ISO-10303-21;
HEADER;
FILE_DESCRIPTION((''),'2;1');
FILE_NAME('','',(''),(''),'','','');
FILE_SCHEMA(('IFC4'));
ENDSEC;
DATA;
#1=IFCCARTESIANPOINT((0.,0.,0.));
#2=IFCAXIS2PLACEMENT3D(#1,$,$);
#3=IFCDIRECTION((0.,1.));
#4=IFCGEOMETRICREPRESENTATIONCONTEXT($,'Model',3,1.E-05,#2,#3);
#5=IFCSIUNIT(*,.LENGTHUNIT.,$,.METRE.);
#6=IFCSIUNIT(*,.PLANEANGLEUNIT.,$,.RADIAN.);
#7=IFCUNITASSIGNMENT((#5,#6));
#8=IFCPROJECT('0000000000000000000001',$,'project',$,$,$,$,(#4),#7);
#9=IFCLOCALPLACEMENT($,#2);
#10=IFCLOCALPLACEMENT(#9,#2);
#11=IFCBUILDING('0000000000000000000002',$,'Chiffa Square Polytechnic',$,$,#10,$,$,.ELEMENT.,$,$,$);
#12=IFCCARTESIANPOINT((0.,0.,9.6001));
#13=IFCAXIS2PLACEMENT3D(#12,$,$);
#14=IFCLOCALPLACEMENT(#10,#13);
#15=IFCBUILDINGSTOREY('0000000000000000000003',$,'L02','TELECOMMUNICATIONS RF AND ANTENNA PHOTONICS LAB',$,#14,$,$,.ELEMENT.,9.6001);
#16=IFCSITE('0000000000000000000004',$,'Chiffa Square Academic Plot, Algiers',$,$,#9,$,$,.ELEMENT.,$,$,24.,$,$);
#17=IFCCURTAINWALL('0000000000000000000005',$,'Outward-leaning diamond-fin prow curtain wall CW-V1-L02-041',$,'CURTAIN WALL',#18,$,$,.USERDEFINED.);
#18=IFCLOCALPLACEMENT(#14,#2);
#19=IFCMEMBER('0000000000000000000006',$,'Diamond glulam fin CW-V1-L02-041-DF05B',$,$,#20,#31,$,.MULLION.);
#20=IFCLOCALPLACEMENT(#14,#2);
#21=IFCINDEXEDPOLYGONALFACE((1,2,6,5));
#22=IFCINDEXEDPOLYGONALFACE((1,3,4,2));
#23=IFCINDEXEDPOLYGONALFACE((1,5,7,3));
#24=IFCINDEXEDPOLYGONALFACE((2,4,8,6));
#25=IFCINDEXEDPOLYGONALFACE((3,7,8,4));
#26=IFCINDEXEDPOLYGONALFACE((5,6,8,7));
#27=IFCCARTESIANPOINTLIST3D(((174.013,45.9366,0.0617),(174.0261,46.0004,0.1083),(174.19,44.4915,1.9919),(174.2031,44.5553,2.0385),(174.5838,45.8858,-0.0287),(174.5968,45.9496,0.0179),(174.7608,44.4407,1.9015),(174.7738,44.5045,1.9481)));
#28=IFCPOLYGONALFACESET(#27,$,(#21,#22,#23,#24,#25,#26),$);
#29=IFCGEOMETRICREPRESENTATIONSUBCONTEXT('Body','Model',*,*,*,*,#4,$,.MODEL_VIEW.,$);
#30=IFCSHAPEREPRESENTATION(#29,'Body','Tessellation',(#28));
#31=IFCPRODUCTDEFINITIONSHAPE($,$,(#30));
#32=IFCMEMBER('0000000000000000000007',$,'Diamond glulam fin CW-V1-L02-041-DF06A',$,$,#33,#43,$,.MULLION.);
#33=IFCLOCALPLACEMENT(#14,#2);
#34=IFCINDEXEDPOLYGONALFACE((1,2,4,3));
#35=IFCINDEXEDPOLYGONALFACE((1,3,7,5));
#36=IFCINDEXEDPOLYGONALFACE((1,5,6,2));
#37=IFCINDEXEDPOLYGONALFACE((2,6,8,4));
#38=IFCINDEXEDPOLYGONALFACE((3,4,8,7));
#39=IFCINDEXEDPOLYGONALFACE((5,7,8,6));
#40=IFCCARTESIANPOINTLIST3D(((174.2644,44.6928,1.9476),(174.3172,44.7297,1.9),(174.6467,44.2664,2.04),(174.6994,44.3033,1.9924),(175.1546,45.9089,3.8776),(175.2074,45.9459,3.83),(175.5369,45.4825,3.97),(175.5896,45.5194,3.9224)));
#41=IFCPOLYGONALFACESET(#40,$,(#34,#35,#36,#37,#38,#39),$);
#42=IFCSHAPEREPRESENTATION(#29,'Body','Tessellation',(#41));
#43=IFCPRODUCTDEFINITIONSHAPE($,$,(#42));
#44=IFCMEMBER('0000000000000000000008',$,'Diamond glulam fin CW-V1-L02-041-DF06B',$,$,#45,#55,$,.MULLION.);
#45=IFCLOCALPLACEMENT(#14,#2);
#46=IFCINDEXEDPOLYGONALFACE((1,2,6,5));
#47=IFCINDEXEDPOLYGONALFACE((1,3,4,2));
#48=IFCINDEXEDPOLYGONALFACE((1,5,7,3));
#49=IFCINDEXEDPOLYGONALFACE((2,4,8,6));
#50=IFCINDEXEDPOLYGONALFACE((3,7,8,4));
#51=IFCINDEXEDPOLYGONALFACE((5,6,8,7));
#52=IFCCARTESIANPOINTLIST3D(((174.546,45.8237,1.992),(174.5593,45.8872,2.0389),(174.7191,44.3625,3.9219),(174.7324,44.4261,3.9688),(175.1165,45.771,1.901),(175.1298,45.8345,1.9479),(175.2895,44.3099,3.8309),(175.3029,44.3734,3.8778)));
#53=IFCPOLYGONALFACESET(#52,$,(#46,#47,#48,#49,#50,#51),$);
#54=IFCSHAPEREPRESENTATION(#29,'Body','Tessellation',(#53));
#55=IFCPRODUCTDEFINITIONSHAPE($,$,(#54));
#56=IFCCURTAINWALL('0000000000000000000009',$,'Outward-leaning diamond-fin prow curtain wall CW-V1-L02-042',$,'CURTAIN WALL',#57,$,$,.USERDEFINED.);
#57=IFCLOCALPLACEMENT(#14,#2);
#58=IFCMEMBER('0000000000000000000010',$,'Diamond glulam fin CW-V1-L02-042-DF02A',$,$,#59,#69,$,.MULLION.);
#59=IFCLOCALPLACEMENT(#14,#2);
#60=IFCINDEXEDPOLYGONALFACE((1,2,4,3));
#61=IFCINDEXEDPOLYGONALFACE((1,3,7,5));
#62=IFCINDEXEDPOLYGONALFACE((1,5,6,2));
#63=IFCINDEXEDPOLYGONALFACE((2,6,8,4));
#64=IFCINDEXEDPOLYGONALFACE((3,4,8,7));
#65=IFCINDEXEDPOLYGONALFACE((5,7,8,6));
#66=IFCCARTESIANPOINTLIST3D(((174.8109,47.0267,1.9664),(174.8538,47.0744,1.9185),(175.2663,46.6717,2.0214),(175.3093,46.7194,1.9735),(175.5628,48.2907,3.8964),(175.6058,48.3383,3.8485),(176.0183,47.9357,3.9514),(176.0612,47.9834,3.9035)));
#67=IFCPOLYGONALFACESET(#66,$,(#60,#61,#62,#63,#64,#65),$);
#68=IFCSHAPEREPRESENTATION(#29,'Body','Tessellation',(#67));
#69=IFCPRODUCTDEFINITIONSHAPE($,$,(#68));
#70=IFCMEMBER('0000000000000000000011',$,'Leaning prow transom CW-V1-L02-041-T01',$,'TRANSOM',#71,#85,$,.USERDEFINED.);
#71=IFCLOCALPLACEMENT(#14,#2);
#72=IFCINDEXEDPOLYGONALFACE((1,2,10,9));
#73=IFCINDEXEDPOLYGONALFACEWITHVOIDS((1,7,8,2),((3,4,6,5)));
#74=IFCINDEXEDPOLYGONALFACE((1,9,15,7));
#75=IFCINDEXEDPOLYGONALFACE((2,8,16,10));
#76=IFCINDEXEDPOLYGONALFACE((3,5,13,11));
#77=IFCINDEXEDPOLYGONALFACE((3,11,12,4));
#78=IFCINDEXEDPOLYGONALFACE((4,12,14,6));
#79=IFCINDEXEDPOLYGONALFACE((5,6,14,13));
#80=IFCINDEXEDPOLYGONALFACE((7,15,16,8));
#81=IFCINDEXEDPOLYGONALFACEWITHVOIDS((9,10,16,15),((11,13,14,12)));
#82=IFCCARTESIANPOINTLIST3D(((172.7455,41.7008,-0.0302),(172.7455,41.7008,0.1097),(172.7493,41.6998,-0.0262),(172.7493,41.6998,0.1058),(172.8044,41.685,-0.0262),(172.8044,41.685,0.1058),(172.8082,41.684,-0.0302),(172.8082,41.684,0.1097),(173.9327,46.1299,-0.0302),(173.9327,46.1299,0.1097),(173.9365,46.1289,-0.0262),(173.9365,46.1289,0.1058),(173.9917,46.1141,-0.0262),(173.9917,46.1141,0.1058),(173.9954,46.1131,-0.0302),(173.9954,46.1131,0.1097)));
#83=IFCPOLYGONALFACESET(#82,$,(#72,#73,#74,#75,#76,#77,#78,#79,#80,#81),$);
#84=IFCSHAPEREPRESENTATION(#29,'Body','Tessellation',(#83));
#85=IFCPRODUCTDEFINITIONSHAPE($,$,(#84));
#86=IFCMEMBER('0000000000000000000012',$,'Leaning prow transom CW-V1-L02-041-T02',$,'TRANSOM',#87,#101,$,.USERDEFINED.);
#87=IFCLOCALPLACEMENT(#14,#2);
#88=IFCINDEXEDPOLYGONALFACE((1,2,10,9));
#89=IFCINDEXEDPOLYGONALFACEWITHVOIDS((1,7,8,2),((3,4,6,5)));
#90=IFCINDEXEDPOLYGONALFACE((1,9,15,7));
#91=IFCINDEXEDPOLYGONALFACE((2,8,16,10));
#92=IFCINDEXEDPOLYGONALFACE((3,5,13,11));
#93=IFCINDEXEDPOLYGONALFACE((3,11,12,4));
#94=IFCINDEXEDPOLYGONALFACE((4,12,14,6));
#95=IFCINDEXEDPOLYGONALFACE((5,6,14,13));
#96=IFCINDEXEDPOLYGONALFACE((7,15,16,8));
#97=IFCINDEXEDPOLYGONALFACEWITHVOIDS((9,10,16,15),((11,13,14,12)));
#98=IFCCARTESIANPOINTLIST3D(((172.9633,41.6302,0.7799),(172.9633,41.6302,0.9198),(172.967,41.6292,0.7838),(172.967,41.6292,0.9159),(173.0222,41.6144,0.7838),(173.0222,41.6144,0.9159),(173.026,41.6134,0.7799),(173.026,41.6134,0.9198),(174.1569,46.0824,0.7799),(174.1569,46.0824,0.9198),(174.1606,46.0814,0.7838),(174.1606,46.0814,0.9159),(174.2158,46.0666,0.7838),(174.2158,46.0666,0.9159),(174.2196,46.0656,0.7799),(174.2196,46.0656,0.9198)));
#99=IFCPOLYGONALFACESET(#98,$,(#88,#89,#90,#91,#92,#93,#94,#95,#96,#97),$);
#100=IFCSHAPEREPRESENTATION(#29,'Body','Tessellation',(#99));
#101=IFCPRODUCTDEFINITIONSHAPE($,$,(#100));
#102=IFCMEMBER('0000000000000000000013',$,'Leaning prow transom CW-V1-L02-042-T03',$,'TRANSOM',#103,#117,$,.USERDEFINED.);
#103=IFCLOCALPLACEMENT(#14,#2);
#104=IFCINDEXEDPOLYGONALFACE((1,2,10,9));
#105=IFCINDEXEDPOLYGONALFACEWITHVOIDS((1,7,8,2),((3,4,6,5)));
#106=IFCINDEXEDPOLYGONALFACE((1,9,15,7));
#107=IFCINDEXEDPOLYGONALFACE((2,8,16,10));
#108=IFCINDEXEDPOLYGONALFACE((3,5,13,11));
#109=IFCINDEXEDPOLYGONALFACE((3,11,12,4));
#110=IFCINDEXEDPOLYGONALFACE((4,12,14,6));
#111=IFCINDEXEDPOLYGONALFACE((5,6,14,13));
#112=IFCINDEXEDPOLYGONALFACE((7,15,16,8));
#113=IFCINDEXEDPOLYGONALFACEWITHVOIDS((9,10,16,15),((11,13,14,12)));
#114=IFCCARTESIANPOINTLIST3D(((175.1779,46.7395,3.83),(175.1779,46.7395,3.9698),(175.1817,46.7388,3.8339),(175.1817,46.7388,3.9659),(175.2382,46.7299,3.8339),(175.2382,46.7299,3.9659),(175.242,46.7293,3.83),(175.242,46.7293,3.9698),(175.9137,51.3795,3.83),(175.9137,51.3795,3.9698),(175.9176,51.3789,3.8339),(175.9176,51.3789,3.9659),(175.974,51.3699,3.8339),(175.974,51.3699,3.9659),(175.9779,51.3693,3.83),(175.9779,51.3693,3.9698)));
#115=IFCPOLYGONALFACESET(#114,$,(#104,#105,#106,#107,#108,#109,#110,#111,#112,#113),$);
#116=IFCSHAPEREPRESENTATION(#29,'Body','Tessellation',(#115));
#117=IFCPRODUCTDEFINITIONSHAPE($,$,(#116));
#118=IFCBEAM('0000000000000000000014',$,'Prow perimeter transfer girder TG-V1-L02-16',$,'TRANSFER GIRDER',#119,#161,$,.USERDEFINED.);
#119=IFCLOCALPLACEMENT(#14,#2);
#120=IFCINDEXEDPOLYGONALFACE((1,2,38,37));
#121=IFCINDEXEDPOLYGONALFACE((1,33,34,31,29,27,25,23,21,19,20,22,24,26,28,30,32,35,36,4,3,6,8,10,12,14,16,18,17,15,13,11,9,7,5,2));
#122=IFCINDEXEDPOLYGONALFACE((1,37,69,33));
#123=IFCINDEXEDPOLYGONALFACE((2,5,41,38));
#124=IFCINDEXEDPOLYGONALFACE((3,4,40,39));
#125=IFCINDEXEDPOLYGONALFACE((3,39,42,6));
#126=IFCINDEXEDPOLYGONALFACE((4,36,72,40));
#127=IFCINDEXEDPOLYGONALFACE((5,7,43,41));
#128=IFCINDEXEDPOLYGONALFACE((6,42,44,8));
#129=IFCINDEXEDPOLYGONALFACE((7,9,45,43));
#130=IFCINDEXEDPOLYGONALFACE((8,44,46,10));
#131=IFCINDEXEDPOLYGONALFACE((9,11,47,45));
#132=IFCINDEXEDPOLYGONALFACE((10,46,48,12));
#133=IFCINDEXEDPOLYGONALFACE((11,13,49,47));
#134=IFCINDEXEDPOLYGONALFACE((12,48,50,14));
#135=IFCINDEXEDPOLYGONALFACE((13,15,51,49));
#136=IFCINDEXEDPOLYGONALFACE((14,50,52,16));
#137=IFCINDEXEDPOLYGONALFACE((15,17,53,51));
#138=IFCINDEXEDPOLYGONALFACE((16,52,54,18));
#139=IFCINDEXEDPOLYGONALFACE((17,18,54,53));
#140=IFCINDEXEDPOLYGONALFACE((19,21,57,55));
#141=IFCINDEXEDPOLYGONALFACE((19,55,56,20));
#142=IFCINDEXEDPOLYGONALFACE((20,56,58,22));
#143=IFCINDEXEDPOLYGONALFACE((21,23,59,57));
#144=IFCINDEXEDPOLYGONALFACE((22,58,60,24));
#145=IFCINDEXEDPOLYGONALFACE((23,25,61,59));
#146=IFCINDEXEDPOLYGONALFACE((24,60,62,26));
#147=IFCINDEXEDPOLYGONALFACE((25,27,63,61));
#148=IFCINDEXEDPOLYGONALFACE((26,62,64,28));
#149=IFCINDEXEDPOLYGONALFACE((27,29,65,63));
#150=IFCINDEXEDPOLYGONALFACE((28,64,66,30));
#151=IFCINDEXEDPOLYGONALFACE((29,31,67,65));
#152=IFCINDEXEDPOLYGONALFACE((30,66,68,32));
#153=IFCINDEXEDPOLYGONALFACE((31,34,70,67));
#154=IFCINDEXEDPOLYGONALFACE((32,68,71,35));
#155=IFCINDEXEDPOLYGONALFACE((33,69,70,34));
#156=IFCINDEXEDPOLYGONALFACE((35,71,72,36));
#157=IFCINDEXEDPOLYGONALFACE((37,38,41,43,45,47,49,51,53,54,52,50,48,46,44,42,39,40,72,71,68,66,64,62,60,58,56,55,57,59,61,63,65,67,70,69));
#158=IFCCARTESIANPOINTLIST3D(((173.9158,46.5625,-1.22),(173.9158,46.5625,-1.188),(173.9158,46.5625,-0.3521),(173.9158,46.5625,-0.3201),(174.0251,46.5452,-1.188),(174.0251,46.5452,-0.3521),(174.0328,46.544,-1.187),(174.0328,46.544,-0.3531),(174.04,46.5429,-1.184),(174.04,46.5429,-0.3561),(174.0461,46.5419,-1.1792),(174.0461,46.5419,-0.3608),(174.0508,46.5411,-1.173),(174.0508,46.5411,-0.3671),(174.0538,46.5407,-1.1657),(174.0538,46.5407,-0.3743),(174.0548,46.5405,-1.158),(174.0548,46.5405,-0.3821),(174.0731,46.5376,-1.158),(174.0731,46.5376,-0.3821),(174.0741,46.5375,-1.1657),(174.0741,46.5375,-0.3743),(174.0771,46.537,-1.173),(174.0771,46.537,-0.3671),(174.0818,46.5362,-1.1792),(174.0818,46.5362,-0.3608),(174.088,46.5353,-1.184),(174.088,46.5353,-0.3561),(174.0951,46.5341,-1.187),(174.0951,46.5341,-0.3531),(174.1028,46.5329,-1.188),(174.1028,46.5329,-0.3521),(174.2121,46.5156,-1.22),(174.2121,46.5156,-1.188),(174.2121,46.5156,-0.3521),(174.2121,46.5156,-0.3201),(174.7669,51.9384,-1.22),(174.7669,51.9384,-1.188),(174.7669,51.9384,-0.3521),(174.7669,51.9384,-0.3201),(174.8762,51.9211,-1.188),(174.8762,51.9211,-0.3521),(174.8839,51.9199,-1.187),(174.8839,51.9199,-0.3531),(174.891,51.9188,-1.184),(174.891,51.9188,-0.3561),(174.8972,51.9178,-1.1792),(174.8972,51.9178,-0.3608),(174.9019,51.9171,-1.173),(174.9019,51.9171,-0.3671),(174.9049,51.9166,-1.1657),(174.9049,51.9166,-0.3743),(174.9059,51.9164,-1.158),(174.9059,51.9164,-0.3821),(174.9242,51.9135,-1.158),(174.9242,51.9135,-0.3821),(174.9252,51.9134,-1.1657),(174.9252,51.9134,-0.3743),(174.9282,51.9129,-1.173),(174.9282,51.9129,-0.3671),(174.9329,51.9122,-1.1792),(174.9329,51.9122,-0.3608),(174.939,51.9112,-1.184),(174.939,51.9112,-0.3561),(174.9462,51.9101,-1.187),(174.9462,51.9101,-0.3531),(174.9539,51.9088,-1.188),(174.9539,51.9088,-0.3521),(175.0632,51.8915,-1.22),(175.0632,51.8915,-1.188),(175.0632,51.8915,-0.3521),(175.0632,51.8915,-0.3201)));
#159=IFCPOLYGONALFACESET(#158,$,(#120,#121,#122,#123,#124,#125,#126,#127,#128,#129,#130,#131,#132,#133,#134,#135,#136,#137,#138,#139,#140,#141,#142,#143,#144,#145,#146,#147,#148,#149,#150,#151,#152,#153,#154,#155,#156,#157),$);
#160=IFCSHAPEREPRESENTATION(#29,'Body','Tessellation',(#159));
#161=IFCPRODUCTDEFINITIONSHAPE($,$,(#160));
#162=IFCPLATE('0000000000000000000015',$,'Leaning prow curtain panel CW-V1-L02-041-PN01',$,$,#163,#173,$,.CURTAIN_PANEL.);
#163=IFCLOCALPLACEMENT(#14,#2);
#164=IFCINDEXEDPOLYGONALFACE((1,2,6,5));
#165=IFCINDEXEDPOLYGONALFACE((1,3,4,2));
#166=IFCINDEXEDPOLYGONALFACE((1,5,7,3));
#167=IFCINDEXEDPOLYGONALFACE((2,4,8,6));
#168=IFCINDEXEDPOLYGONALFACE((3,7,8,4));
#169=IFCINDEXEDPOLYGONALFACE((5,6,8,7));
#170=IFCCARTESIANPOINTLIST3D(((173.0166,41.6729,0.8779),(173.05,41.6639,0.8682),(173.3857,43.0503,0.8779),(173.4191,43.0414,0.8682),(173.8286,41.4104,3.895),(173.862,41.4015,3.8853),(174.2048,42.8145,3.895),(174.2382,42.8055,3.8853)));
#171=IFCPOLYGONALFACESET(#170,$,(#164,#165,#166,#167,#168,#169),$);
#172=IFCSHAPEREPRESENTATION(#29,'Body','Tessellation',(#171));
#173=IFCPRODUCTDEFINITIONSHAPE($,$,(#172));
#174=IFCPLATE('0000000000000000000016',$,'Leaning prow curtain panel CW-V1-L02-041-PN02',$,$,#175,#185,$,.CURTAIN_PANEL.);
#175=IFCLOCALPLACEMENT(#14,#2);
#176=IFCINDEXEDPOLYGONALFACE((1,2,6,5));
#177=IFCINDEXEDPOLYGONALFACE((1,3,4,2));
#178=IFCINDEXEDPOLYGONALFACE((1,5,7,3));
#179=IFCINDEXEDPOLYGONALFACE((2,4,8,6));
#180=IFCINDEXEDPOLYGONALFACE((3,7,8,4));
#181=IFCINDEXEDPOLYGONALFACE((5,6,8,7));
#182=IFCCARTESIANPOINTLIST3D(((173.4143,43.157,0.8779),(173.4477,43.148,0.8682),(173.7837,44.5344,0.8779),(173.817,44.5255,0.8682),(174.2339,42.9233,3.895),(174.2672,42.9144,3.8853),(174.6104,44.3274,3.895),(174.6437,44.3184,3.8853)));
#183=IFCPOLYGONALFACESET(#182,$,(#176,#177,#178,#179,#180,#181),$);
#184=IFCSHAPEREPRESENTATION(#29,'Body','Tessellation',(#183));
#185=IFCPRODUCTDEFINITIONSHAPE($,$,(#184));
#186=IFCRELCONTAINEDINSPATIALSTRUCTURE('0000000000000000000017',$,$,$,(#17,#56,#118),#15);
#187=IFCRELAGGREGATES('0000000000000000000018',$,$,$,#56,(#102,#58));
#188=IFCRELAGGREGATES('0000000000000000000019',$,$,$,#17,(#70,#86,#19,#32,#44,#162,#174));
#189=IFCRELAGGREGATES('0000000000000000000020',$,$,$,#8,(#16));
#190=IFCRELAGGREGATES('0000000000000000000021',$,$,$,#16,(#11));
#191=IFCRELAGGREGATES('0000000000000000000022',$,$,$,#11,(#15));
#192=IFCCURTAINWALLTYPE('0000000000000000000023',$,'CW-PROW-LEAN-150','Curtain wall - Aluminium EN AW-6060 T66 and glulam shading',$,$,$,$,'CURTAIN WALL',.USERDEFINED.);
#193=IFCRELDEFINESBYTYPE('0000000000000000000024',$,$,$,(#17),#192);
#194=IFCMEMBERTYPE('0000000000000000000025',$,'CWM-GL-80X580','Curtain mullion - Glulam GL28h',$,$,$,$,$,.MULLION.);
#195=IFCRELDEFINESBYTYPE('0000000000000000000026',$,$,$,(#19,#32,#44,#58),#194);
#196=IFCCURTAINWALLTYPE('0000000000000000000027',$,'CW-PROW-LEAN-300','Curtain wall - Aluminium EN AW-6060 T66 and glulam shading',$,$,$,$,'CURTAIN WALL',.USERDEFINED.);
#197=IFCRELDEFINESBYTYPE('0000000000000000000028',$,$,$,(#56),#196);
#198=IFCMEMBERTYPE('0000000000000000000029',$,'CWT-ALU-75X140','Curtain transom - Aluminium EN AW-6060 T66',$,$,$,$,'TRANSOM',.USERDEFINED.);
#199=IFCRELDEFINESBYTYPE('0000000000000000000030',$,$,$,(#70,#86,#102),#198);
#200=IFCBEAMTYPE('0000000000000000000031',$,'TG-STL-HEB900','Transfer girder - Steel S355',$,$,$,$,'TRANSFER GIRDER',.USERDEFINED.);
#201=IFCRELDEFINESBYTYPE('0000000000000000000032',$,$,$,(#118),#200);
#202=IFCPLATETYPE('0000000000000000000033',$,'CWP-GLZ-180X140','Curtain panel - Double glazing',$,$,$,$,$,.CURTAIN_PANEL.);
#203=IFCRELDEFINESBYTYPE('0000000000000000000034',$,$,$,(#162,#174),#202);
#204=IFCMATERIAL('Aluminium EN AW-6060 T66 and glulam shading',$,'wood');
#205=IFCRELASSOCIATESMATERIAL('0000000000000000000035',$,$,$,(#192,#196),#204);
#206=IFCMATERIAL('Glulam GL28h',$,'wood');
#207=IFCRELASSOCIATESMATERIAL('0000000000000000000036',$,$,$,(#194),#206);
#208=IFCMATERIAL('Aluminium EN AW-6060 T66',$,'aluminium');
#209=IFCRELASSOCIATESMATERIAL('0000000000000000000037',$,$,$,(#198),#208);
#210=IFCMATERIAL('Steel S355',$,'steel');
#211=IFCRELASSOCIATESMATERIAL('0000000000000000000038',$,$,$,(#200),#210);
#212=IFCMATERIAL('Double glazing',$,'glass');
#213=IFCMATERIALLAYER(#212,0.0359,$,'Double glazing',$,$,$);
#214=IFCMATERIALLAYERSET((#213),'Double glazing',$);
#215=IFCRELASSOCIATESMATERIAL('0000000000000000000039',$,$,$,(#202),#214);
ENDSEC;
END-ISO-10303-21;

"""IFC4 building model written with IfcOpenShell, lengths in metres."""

from ifc_helpers import new_model, si_unit, direction, frame, origin, origin_2d, place, context, subcontext, project, spatial, polyline, rectangle, hollow_rectangle, i_section, outline, extrude, material, layer, layer_set, material_profile, profile_set, type_object, element, aggregate, save


model = new_model("IFC4")

# Units and contexts
model_context = context("Model", 3, precision=1e-05, world=origin(), true_north=direction((0.0, 1.0)))
body_context = subcontext(model_context, "Body", "Model", "MODEL_VIEW")
ifc_project = project(units=[si_unit("LENGTHUNIT", "METRE"), si_unit("PLANEANGLEUNIT", "RADIAN")], contexts=[model_context])

# Site, building, storey
site_placement = place(None, origin())
site = spatial("IfcSite", under=ifc_project, at=site_placement, Name="Chiffa Square Academic Plot, Algiers", CompositionType="ELEMENT", RefElevation=24.0)
building_placement = place(site_placement, origin())
building = spatial("IfcBuilding", under=site, at=building_placement, Name="Chiffa Square Polytechnic", CompositionType="ELEMENT")
storey_placement = place(building_placement, frame((0.0, 0.0, 9.6001)))
storey = spatial("IfcBuildingStorey", under=building, at=storey_placement, Name="L02", Description="TELECOMMUNICATIONS RF AND ANTENNA PHOTONICS LAB", CompositionType="ELEMENT", Elevation=9.6001)

# Curtain wall, members
ifc_material_1 = material(Name="Aluminium EN AW-6060 T66 and glulam shading", Category="wood")
curtain_wall_type_1 = type_object("IfcCurtainWallType", Name="CW-PROW-LEAN-150", Description="Curtain wall - Aluminium EN AW-6060 T66 and glulam shading", ElementType="CURTAIN WALL", PredefinedType="USERDEFINED", material=ifc_material_1)
curtain_wall_1_placement = place(storey_placement, origin())
curtain_wall_1 = element("IfcCurtainWall", 1, at=curtain_wall_1_placement, inside=storey, type_object=curtain_wall_type_1, Name="Outward-leaning diamond-fin prow curtain wall CW-V1-L02-041", ObjectType="CURTAIN WALL", PredefinedType="USERDEFINED")
ifc_material_2 = material(Name="Aluminium EN AW-6060 T66", Category="aluminium")
ifc_material_3 = material(Name="Glulam GL28h", Category="wood")
ifc_material_profile_1 = material_profile(ifc_material_3, rectangle(XDim=0.0801, YDim=0.5801, at=origin_2d()), Name="GL28h 80x580")
ifc_profile_set_1 = profile_set([ifc_material_profile_1], Name="Glulam GL28h")
member_type_1 = type_object("IfcMemberType", Name="CWM-GL-80X580", Description="Curtain mullion - Glulam GL28h", PredefinedType="MULLION", material=ifc_profile_set_1)
member_1_placement = place(storey_placement, frame((174.3049, 45.9431, 0.0398), z_axis=(0.073212, -0.597711, 0.798362), x_axis=(0.163143, 0.796904, 0.581659)))
member_1 = element("IfcMember", 2, at=member_1_placement, type_object=member_type_1, Name="Diamond glulam fin CW-V1-L02-041-DF05B", PredefinedType="MULLION", context=body_context, shape_type="SweptSolid", body=[
    extrude(rectangle(XDim=0.0801, YDim=0.5801, at=origin_2d()), origin(), (0.0, 0.0, 1.0), 2.4177),
])
member_2_placement = place(storey_placement, frame((174.4819, 44.498, 1.97), z_axis=(0.363524, 0.49663, 0.788168), x_axis=(-0.658519, -0.461449, 0.594489)))
member_2 = element("IfcMember", 3, at=member_2_placement, type_object=member_type_1, Name="Diamond glulam fin CW-V1-L02-041-DF06A", PredefinedType="MULLION", context=body_context, shape_type="SweptSolid", body=[
    extrude(rectangle(XDim=0.0801, YDim=0.5801, at=origin_2d()), origin(), (0.0, 0.0, 1.0), 2.4487),
])
member_3_placement = place(storey_placement, frame((174.8379, 45.8291, 1.97), z_axis=(0.071325, -0.602087, 0.795238), x_axis=(0.166658, 0.793255, 0.585638)))
member_3 = element("IfcMember", 4, at=member_3_placement, type_object=member_type_1, Name="Diamond glulam fin CW-V1-L02-041-DF06B", PredefinedType="MULLION", context=body_context, shape_type="SweptSolid", body=[
    extrude(rectangle(XDim=0.0801, YDim=0.5801, at=origin_2d()), origin(), (0.0, 0.0, 1.0), 2.4268),
])

# Curtain wall, member
curtain_wall_type_2 = type_object("IfcCurtainWallType", Name="CW-PROW-LEAN-300", Description="Curtain wall - Aluminium EN AW-6060 T66 and glulam shading", ElementType="CURTAIN WALL", PredefinedType="USERDEFINED", material=ifc_material_1)
curtain_wall_2_placement = place(storey_placement, origin())
curtain_wall_2 = element("IfcCurtainWall", 5, at=curtain_wall_2_placement, inside=storey, type_object=curtain_wall_type_2, Name="Outward-leaning diamond-fin prow curtain wall CW-V1-L02-042", ObjectType="CURTAIN WALL", PredefinedType="USERDEFINED")
member_4_placement = place(storey_placement, frame((175.0601, 46.873, 1.97), z_axis=(0.309901, 0.520896, 0.79538), x_axis=(-0.536107, -0.595154, 0.598649)))
member_4 = element("IfcMember", 6, at=member_4_placement, type_object=member_type_1, Name="Diamond glulam fin CW-V1-L02-042-DF02A", PredefinedType="MULLION", context=body_context, shape_type="SweptSolid", body=[
    extrude(rectangle(XDim=0.0801, YDim=0.5801, at=origin_2d()), origin(), (0.0, 0.0, 1.0), 2.4265),
])

# Members
ifc_material_profile_2 = material_profile(ifc_material_2, hollow_rectangle(XDim=0.0649, YDim=0.1399, WallThickness=0.0039, at=origin_2d()), Name="ALU 65x140x4")
ifc_profile_set_2 = profile_set([ifc_material_profile_2], Name="Aluminium EN AW-6060 T66")
member_type_2 = type_object("IfcMemberType", Name="CWT-ALU-75X140", Description="Curtain transom - Aluminium EN AW-6060 T66", ElementType="TRANSOM", PredefinedType="USERDEFINED", material=ifc_profile_set_2)
member_5_placement = place(storey_placement, frame((172.7769, 41.6924, 0.0398), z_axis=(0.258912, 0.965901, 0.0), x_axis=(-0.965901, 0.258912, 0.0)))
member_5 = element("IfcMember", 7, at=member_5_placement, type_object=member_type_2, Name="Leaning prow transom CW-V1-L02-041-T01", ObjectType="TRANSOM", PredefinedType="USERDEFINED", context=body_context, shape_type="SweptSolid", body=[
    extrude(hollow_rectangle(XDim=0.0649, YDim=0.1399, WallThickness=0.0039, at=origin_2d()), origin(), (0.0, 0.0, 1.0), 4.5854),
])
member_6_placement = place(storey_placement, frame((172.9946, 41.6218, 0.8499), z_axis=(0.258951, 0.96589, 0.0), x_axis=(-0.96589, 0.258951, 0.0)))
member_6 = element("IfcMember", 8, at=member_6_placement, type_object=member_type_2, Name="Leaning prow transom CW-V1-L02-041-T02", ObjectType="TRANSOM", PredefinedType="USERDEFINED", context=body_context, shape_type="SweptSolid", body=[
    extrude(hollow_rectangle(XDim=0.0649, YDim=0.1399, WallThickness=0.0039, at=origin_2d()), origin(), (0.0, 0.0, 1.0), 4.6094),
])
member_7_placement = place(storey_placement, frame((175.21, 46.7344, 3.8999), z_axis=(0.156632, 0.987657, 0.0), x_axis=(-0.987657, 0.156632, 0.0)))
member_7 = element("IfcMember", 9, at=member_7_placement, type_object=member_type_2, Name="Leaning prow transom CW-V1-L02-042-T03", ObjectType="TRANSOM", PredefinedType="USERDEFINED", context=body_context, shape_type="SweptSolid", body=[
    extrude(hollow_rectangle(XDim=0.0649, YDim=0.1399, WallThickness=0.0039, at=origin_2d()), origin(), (0.0, 0.0, 1.0), 4.698),
])
aggregate(curtain_wall_2, [member_7, member_4])

# Beam
ifc_material_4 = material(Name="Steel S355", Category="steel")
ifc_material_profile_3 = material_profile(ifc_material_4, i_section(OverallWidth=0.3, OverallDepth=0.8999, WebThickness=0.0186, FlangeThickness=0.032, FilletRadius=0.03, at=origin_2d()), Name="HEB 900")
ifc_profile_set_3 = profile_set([ifc_material_profile_3], Name="Steel S355")
beam_type = type_object("IfcBeamType", Name="TG-STL-HEB900", Description="Transfer girder - Steel S355", ElementType="TRANSFER GIRDER", PredefinedType="USERDEFINED", material=ifc_profile_set_3)
beam_placement = place(storey_placement, frame((174.064, 46.5391, -0.77), z_axis=(0.156363, 0.9877, 0.0), x_axis=(-0.9877, 0.156363, 0.0)))
element("IfcBeam", 10, at=beam_placement, inside=storey, type_object=beam_type, Name="Prow perimeter transfer girder TG-V1-L02-16", ObjectType="TRANSFER GIRDER", PredefinedType="USERDEFINED", context=body_context, shape_type="SweptSolid", body=[
    extrude(i_section(OverallWidth=0.3, OverallDepth=0.8999, WebThickness=0.0186, FlangeThickness=0.032, FilletRadius=0.03, at=origin_2d()), origin(), (0.0, 0.0, 1.0), 5.4429),
])

# Plates
ifc_material_5 = material(Name="Double glazing", Category="glass")
ifc_layer_1 = layer(ifc_material_5, 0.0359, Name="Double glazing")
ifc_layer_set_1 = layer_set([ifc_layer_1], Name="Double glazing")
plate_type_1 = type_object("IfcPlateType", Name="CWP-GLZ-180X140", Description="Curtain panel - Double glazing", PredefinedType="CURTAIN_PANEL", material=ifc_layer_set_1)
plate_1_placement = place(storey_placement, frame((173.0166, 41.6729, 0.8779), z_axis=(-0.929547, 0.249092, 0.271836), x_axis=(0.25884, 0.96592, 0.000005)))
plate_1 = element("IfcPlate", 11, at=plate_1_placement, type_object=plate_type_1, Name="Leaning prow curtain panel CW-V1-L02-041-PN01", PredefinedType="CURTAIN_PANEL", context=body_context, shape_type="SweptSolid", body=[
    extrude(outline(polyline([(0.0, 0.0), (1.426, 0.0), (1.4103, -3.1351), (-0.0433, -3.1352), (0.0, 0.0)])), origin(), (0.0, 0.0, -1.0), 0.0359),
])
plate_2_placement = place(storey_placement, frame((173.4143, 43.157, 0.8779), z_axis=(-0.929518, 0.249248, 0.271793), x_axis=(0.258999, 0.965878, 0.000005)))
plate_2 = element("IfcPlate", 12, at=plate_2_placement, type_object=plate_type_1, Name="Leaning prow curtain panel CW-V1-L02-041-PN02", PredefinedType="CURTAIN_PANEL", context=body_context, shape_type="SweptSolid", body=[
    extrude(outline(polyline([(0.0, 0.0), (1.4261, 0.0), (1.4403, -3.1351), (-0.0134, -3.1351), (0.0, 0.0)])), origin(), (0.0, 0.0, -1.0), 0.0359),
])
aggregate(curtain_wall_1, [member_5, member_6, member_1, member_2, member_3, plate_1, plate_2])

save(model, "model.ifc")
